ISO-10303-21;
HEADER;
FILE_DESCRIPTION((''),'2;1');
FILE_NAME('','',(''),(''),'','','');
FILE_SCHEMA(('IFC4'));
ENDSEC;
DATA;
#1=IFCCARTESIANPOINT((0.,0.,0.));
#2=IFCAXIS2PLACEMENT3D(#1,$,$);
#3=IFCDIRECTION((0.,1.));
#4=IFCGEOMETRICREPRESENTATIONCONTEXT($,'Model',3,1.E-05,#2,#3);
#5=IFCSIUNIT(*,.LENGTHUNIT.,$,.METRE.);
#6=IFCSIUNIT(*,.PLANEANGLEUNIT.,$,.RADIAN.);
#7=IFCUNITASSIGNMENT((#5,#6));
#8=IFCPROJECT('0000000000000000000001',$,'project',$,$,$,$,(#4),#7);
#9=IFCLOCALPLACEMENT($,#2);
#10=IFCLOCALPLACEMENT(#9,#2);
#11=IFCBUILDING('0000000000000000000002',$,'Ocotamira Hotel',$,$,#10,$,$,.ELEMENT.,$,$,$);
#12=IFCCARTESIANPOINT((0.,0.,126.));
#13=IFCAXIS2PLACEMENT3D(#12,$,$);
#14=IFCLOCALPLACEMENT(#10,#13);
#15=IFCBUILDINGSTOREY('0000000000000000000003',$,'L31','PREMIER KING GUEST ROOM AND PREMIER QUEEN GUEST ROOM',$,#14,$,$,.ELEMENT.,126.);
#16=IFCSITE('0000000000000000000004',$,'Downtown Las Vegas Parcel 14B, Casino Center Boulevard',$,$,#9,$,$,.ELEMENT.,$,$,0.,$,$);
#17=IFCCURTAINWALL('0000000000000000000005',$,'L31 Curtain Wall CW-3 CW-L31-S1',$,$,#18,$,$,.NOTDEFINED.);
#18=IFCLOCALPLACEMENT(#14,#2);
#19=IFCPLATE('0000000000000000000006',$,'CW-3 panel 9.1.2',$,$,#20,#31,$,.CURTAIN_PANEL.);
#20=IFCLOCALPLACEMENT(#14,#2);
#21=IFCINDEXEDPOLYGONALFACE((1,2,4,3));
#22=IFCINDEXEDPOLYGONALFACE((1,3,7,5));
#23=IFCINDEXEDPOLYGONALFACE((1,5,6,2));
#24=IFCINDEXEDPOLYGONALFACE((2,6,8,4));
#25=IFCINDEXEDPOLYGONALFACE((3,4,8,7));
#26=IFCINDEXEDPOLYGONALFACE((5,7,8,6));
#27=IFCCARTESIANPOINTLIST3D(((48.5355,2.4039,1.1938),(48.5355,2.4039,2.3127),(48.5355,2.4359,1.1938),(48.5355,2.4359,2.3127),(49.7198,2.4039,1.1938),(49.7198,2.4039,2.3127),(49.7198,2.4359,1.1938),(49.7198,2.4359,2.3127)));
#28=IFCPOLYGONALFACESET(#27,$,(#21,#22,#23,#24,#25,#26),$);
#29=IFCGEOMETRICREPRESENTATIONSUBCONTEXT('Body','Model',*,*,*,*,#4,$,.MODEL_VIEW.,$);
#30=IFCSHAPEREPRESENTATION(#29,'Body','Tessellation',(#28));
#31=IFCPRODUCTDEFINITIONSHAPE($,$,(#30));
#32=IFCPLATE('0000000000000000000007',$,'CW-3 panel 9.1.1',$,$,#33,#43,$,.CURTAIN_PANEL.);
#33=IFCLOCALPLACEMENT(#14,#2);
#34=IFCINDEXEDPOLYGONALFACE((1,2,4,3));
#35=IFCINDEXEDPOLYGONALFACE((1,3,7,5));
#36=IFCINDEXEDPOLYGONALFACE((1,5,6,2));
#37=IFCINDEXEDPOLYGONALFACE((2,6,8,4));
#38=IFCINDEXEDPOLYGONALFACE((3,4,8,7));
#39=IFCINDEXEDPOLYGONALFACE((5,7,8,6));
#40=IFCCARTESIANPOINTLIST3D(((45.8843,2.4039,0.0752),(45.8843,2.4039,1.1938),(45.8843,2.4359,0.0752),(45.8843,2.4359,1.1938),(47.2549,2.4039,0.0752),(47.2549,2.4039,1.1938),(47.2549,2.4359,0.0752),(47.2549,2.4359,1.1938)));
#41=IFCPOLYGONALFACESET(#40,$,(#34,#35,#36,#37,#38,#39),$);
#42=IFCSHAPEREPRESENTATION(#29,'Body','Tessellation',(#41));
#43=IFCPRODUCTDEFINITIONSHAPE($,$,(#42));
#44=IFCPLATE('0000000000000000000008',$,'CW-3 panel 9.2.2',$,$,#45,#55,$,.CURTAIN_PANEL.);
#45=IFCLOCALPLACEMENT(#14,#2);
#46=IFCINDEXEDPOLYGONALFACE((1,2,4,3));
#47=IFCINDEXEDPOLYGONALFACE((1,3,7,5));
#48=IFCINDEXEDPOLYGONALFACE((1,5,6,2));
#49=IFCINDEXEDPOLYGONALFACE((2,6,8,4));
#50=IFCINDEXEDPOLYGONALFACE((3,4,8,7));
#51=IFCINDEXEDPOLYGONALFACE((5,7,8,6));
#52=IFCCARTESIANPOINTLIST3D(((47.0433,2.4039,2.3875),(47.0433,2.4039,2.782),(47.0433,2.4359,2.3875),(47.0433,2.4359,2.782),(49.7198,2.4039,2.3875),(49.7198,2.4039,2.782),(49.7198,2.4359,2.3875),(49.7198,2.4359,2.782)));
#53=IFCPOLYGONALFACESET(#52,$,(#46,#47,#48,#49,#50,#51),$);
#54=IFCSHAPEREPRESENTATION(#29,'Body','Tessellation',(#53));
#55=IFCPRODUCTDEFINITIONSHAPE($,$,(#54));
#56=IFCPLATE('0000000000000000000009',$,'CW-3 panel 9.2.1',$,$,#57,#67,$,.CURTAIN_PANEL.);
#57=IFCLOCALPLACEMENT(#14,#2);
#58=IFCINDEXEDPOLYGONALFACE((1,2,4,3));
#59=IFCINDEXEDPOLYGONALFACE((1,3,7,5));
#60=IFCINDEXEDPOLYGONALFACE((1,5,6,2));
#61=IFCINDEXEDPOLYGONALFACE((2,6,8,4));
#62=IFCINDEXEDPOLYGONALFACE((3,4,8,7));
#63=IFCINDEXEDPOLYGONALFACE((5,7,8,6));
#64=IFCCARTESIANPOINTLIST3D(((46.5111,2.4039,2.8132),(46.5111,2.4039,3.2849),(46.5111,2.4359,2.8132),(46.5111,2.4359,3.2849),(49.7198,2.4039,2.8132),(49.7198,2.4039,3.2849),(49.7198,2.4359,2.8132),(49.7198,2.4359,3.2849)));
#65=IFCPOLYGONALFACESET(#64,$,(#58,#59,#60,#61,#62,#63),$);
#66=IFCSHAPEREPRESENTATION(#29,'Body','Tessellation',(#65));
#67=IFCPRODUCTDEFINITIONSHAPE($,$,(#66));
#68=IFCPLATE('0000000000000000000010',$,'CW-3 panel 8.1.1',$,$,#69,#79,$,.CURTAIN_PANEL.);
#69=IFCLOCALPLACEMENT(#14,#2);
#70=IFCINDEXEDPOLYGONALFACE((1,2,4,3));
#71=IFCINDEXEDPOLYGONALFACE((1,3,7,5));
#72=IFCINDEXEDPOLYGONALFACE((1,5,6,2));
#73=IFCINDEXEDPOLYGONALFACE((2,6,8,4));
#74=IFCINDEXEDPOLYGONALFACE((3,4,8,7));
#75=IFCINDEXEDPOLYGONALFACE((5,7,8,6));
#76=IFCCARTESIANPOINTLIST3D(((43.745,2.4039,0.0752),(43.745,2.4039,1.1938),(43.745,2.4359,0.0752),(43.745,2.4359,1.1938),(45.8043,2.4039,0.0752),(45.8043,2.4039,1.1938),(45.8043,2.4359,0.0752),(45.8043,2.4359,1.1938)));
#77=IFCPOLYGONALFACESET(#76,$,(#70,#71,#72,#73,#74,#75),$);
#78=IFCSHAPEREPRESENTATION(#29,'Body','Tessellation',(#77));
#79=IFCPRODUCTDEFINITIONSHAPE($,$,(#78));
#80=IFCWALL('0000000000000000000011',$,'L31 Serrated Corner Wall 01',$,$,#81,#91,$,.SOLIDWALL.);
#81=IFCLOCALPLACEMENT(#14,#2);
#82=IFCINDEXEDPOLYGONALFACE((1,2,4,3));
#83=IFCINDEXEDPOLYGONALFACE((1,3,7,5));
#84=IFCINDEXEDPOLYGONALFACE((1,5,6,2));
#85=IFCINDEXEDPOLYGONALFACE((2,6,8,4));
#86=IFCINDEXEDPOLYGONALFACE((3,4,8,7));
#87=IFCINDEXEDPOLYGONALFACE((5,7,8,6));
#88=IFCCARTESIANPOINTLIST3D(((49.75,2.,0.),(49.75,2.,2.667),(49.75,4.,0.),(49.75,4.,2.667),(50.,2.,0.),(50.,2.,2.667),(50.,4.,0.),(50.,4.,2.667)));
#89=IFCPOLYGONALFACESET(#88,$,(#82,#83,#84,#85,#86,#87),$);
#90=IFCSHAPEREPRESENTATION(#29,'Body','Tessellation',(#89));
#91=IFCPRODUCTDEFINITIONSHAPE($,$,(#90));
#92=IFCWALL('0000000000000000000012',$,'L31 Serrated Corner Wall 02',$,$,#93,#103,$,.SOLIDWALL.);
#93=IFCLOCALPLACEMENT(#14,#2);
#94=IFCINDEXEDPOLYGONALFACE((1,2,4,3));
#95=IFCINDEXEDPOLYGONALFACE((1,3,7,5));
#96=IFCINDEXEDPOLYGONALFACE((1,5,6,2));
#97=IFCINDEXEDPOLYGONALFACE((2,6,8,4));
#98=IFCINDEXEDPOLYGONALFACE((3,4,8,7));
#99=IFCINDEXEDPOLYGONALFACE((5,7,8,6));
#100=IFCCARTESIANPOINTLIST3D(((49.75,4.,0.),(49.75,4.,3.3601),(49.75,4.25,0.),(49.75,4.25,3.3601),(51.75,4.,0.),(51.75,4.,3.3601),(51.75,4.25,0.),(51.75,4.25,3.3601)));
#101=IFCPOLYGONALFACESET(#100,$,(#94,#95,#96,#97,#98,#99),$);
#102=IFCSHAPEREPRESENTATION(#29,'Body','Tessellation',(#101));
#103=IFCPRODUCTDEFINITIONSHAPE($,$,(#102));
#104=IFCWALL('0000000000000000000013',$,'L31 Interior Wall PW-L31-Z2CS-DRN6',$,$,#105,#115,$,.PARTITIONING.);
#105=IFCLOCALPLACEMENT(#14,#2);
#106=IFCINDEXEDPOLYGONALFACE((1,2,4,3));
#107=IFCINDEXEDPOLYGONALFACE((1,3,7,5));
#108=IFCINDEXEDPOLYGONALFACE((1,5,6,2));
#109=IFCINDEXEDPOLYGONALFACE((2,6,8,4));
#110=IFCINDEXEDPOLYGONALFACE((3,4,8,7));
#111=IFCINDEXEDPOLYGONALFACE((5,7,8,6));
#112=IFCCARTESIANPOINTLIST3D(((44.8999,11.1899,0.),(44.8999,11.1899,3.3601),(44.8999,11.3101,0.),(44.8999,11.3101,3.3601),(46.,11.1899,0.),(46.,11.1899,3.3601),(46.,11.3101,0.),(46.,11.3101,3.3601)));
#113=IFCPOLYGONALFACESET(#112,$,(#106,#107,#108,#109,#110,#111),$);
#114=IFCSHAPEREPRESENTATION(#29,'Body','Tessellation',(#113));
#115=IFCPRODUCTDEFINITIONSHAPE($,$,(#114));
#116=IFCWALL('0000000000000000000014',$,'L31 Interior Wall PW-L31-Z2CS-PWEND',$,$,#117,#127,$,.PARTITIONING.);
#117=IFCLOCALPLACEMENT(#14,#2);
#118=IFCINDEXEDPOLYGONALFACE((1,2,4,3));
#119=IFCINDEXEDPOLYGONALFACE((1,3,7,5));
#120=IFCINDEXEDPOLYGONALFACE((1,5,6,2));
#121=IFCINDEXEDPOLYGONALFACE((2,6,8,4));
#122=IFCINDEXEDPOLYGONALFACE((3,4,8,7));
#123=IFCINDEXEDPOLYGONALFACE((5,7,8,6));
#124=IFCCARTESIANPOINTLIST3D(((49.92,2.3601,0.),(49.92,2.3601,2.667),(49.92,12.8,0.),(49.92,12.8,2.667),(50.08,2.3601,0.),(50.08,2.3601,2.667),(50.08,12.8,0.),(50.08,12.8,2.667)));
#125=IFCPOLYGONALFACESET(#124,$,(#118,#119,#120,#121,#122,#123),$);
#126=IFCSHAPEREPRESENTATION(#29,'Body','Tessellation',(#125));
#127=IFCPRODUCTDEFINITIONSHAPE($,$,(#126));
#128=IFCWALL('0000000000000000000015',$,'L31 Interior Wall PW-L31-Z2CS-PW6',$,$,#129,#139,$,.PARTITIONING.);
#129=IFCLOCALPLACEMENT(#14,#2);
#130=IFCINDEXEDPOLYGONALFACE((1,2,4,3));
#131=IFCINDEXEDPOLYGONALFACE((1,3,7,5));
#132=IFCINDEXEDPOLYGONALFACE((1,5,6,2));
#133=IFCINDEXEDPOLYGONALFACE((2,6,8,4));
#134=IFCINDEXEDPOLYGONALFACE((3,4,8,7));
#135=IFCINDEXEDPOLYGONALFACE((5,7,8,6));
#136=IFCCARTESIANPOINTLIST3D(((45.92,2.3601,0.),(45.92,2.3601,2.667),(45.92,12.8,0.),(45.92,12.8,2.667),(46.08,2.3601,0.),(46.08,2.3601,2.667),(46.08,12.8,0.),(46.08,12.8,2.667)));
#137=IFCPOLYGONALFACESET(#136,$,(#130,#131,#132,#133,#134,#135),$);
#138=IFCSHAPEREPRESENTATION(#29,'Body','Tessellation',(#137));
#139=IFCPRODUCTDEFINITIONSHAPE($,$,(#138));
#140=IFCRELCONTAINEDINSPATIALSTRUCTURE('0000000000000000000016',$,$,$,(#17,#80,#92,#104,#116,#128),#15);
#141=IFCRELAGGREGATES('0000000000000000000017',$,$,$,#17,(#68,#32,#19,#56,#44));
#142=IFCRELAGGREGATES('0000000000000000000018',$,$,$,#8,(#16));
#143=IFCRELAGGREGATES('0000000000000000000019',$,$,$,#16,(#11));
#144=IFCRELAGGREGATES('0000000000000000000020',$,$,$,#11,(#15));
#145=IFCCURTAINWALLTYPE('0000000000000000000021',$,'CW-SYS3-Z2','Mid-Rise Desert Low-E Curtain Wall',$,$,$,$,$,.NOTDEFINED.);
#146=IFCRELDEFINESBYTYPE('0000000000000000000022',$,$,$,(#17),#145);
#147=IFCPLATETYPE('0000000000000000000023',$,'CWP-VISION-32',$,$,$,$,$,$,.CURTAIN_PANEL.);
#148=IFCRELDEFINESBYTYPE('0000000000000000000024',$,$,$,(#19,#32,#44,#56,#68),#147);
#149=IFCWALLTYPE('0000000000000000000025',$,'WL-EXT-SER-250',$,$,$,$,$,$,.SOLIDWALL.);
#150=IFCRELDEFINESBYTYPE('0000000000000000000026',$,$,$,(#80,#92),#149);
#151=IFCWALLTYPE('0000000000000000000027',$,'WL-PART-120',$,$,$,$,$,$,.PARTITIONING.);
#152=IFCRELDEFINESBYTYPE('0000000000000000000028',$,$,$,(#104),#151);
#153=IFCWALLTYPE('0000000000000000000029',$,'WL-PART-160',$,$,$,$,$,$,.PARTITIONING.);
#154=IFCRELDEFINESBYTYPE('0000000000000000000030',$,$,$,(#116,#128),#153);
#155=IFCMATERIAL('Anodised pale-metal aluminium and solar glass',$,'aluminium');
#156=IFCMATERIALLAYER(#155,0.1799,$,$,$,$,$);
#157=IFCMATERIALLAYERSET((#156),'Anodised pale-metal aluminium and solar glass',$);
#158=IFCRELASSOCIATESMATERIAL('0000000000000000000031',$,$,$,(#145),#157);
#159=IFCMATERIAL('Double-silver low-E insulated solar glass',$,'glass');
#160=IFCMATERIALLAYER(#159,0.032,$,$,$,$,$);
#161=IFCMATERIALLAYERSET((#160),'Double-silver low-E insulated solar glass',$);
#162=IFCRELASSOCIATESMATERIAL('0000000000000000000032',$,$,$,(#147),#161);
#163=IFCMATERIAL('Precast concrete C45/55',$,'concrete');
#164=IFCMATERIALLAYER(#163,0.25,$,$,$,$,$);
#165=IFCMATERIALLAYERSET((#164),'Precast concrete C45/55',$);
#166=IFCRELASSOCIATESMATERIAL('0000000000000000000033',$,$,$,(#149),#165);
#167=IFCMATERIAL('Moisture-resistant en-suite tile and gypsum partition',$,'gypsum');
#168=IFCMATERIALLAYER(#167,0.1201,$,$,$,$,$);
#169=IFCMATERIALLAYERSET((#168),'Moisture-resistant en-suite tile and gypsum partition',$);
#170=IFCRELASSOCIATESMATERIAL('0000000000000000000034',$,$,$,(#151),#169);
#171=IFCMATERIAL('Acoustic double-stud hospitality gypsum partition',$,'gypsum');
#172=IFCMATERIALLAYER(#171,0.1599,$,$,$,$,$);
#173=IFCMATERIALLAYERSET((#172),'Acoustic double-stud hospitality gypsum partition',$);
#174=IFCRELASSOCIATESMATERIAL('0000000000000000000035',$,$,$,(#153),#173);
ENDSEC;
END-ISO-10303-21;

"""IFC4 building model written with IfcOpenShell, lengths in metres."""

from ifc_helpers import new_model, si_unit, direction, frame, frame_2d, origin, origin_2d, place, context, subcontext, project, spatial, rectangle, extrude, source, transform, mapped, material, layer, layer_set, type_object, element, aggregate, save


model = new_model("IFC4")

# Units and contexts
model_context = context("Model", 3, precision=1e-05, world=origin(), true_north=direction((0.0, 1.0)))
body_context = subcontext(model_context, "Body", "Model", "MODEL_VIEW")
ifc_project = project(units=[si_unit("LENGTHUNIT", "METRE"), si_unit("PLANEANGLEUNIT", "RADIAN")], contexts=[model_context])

# Site, building, storey
site_placement = place(None, origin())
site = spatial("IfcSite", under=ifc_project, at=site_placement, Name="Downtown Las Vegas Parcel 14B, Casino Center Boulevard", CompositionType="ELEMENT", RefElevation=0.0)
building_placement = place(site_placement, origin())
building = spatial("IfcBuilding", under=site, at=building_placement, Name="Ocotamira Hotel", CompositionType="ELEMENT")
storey_placement = place(building_placement, frame((0.0, 0.0, 126.0)))
storey = spatial("IfcBuildingStorey", under=building, at=storey_placement, Name="L31", Description="PREMIER KING GUEST ROOM AND PREMIER QUEEN GUEST ROOM", CompositionType="ELEMENT", Elevation=126.0)

# Curtain wall
ifc_material_1 = material(Name="Anodised pale-metal aluminium and solar glass", Category="aluminium")
ifc_layer_1 = layer(ifc_material_1, 0.1799)
ifc_layer_set_1 = layer_set([ifc_layer_1], Name="Anodised pale-metal aluminium and solar glass")
curtain_wall_type = type_object("IfcCurtainWallType", Name="CW-SYS3-Z2", Description="Mid-Rise Desert Low-E Curtain Wall", PredefinedType="NOTDEFINED", material=ifc_layer_set_1)
curtain_wall_placement = place(storey_placement, origin())
curtain_wall = element("IfcCurtainWall", 1, at=curtain_wall_placement, inside=storey, type_object=curtain_wall_type, Name="L31 Curtain Wall CW-3 CW-L31-S1", PredefinedType="NOTDEFINED")

# Plates
ifc_material_2 = material(Name="Double-silver low-E insulated solar glass", Category="glass")
ifc_layer_2 = layer(ifc_material_2, 0.032)
ifc_layer_set_2 = layer_set([ifc_layer_2], Name="Double-silver low-E insulated solar glass")
plate_type_1 = type_object("IfcPlateType", Name="CWP-VISION-32", PredefinedType="CURTAIN_PANEL", material=ifc_layer_set_2)
shared_shape_1 = source(origin(), body_context, "Body", "SweptSolid", [
    extrude(rectangle(XDim=1.1843, YDim=0.032, at=origin_2d()), origin(), (0.0, 0.0, 1.0), 1.1189),
])
plate_1_placement = place(storey_placement, frame((49.1277, 2.4199, 1.1938), z_axis=(0.0, 0.0, 1.0), x_axis=(1.0, 0.0, 0.0)))
plate_1 = element("IfcPlate", 2, at=plate_1_placement, type_object=plate_type_1, Name="CW-3 panel 9.1.2", PredefinedType="CURTAIN_PANEL", context=body_context, shape_type="MappedRepresentation", body=[
    mapped(shared_shape_1, transform((0.0, 0.0, 0.0), scale=1.0)),
])
shared_shape_2 = source(origin(), body_context, "Body", "SweptSolid", [
    extrude(rectangle(XDim=1.3706, YDim=0.032, at=origin_2d()), origin(), (0.0, 0.0, 1.0), 1.1187),
])
plate_2_placement = place(storey_placement, frame((46.5696, 2.4199, 0.0752), z_axis=(0.0, 0.0, 1.0), x_axis=(1.0, 0.0, 0.0)))
plate_2 = element("IfcPlate", 3, at=plate_2_placement, type_object=plate_type_1, Name="CW-3 panel 9.1.1", PredefinedType="CURTAIN_PANEL", context=body_context, shape_type="MappedRepresentation", body=[
    mapped(shared_shape_2, transform((0.0, 0.0, 0.0), scale=1.0)),
])
shared_shape_3 = source(origin(), body_context, "Body", "SweptSolid", [
    extrude(rectangle(XDim=2.6765, YDim=0.032, at=origin_2d()), origin(), (0.0, 0.0, 1.0), 0.3945),
])
plate_3_placement = place(storey_placement, frame((48.3816, 2.4199, 2.3875), z_axis=(0.0, 0.0, 1.0), x_axis=(1.0, 0.0, 0.0)))
plate_3 = element("IfcPlate", 4, at=plate_3_placement, type_object=plate_type_1, Name="CW-3 panel 9.2.2", PredefinedType="CURTAIN_PANEL", context=body_context, shape_type="MappedRepresentation", body=[
    mapped(shared_shape_3, transform((0.0, 0.0, 0.0), scale=1.0)),
])
shared_shape_4 = source(origin(), body_context, "Body", "SweptSolid", [
    extrude(rectangle(XDim=3.2087, YDim=0.032, at=origin_2d()), origin(), (0.0, 0.0, 1.0), 0.4717),
])
plate_4_placement = place(storey_placement, frame((48.1155, 2.4199, 2.8132), z_axis=(0.0, 0.0, 1.0), x_axis=(1.0, 0.0, 0.0)))
plate_4 = element("IfcPlate", 5, at=plate_4_placement, type_object=plate_type_1, Name="CW-3 panel 9.2.1", PredefinedType="CURTAIN_PANEL", context=body_context, shape_type="MappedRepresentation", body=[
    mapped(shared_shape_4, transform((0.0, 0.0, 0.0), scale=1.0)),
])
shared_shape_5 = source(origin(), body_context, "Body", "SweptSolid", [
    extrude(rectangle(XDim=2.0593, YDim=0.032, at=origin_2d()), origin(), (0.0, 0.0, 1.0), 1.1187),
])
plate_5_placement = place(storey_placement, frame((44.7747, 2.4199, 0.0752), z_axis=(0.0, 0.0, 1.0), x_axis=(1.0, 0.0, 0.0)))
plate_5 = element("IfcPlate", 6, at=plate_5_placement, type_object=plate_type_1, Name="CW-3 panel 8.1.1", PredefinedType="CURTAIN_PANEL", context=body_context, shape_type="MappedRepresentation", body=[
    mapped(shared_shape_5, transform((0.0, 0.0, 0.0), scale=1.0)),
])
aggregate(curtain_wall, [plate_5, plate_2, plate_1, plate_4, plate_3])

# Walls
ifc_material_3 = material(Name="Precast concrete C45/55", Category="concrete")
ifc_layer_3 = layer(ifc_material_3, 0.25)
ifc_layer_set_3 = layer_set([ifc_layer_3], Name="Precast concrete C45/55")
wall_type_1 = type_object("IfcWallType", Name="WL-EXT-SER-250", PredefinedType="SOLIDWALL", material=ifc_layer_set_3)
wall_1_placement = place(storey_placement, frame((49.875, 2.0, 0.0), z_axis=(0.0, 0.0, 1.0), x_axis=(0.0, 1.0, 0.0)))
element("IfcWall", 7, at=wall_1_placement, inside=storey, type_object=wall_type_1, Name="L31 Serrated Corner Wall 01", PredefinedType="SOLIDWALL", context=body_context, shape_type="SweptSolid", body=[
    extrude(rectangle(XDim=2.0, YDim=0.25, at=frame_2d((1.0, 0.0))), origin(), (0.0, 0.0, 1.0), 2.667),
])
wall_2_placement = place(storey_placement, frame((49.75, 4.125, 0.0), z_axis=(0.0, 0.0, 1.0), x_axis=(1.0, 0.0, 0.0)))
element("IfcWall", 8, at=wall_2_placement, inside=storey, type_object=wall_type_1, Name="L31 Serrated Corner Wall 02", PredefinedType="SOLIDWALL", context=body_context, shape_type="SweptSolid", body=[
    extrude(rectangle(XDim=2.0, YDim=0.25, at=frame_2d((1.0, 0.0))), origin(), (0.0, 0.0, 1.0), 3.3601),
])
ifc_material_4 = material(Name="Moisture-resistant en-suite tile and gypsum partition", Category="gypsum")
ifc_layer_4 = layer(ifc_material_4, 0.1201)
ifc_layer_set_4 = layer_set([ifc_layer_4], Name="Moisture-resistant en-suite tile and gypsum partition")
wall_type_2 = type_object("IfcWallType", Name="WL-PART-120", PredefinedType="PARTITIONING", material=ifc_layer_set_4)
wall_3_placement = place(storey_placement, frame((44.8999, 11.25, 0.0), z_axis=(0.0, 0.0, 1.0), x_axis=(1.0, 0.0, 0.0)))
element("IfcWall", 9, at=wall_3_placement, inside=storey, type_object=wall_type_2, Name="L31 Interior Wall PW-L31-Z2CS-DRN6", PredefinedType="PARTITIONING", context=body_context, shape_type="SweptSolid", body=[
    extrude(rectangle(XDim=1.1001, YDim=0.1201, at=frame_2d((0.55, 0.0))), origin(), (0.0, 0.0, 1.0), 3.3601),
])
ifc_material_5 = material(Name="Acoustic double-stud hospitality gypsum partition", Category="gypsum")
ifc_layer_5 = layer(ifc_material_5, 0.1599)
ifc_layer_set_5 = layer_set([ifc_layer_5], Name="Acoustic double-stud hospitality gypsum partition")
wall_type_3 = type_object("IfcWallType", Name="WL-PART-160", PredefinedType="PARTITIONING", material=ifc_layer_set_5)
for number, where, z_axis, x_axis, name in (
    (10, (50.0, 2.3601, 0.0), (0.0, 0.0, 1.0), (0.0, 1.0, 0.0), "L31 Interior Wall PW-L31-Z2CS-PWEND"),
    (11, (46.0, 2.3601, 0.0), (0.0, 0.0, 1.0), (0.0, 1.0, 0.0), "L31 Interior Wall PW-L31-Z2CS-PW6"),
):
    element("IfcWall", number, at=place(storey_placement, frame(where, z_axis=z_axis, x_axis=x_axis)), inside=storey, type_object=wall_type_3, Name=name, PredefinedType="PARTITIONING", context=body_context, shape_type="SweptSolid", body=[
        extrude(rectangle(XDim=10.4399, YDim=0.1599, at=frame_2d((5.22, 0.0))), origin(), (0.0, 0.0, 1.0), 2.667),
    ])

save(model, "model.ifc")
